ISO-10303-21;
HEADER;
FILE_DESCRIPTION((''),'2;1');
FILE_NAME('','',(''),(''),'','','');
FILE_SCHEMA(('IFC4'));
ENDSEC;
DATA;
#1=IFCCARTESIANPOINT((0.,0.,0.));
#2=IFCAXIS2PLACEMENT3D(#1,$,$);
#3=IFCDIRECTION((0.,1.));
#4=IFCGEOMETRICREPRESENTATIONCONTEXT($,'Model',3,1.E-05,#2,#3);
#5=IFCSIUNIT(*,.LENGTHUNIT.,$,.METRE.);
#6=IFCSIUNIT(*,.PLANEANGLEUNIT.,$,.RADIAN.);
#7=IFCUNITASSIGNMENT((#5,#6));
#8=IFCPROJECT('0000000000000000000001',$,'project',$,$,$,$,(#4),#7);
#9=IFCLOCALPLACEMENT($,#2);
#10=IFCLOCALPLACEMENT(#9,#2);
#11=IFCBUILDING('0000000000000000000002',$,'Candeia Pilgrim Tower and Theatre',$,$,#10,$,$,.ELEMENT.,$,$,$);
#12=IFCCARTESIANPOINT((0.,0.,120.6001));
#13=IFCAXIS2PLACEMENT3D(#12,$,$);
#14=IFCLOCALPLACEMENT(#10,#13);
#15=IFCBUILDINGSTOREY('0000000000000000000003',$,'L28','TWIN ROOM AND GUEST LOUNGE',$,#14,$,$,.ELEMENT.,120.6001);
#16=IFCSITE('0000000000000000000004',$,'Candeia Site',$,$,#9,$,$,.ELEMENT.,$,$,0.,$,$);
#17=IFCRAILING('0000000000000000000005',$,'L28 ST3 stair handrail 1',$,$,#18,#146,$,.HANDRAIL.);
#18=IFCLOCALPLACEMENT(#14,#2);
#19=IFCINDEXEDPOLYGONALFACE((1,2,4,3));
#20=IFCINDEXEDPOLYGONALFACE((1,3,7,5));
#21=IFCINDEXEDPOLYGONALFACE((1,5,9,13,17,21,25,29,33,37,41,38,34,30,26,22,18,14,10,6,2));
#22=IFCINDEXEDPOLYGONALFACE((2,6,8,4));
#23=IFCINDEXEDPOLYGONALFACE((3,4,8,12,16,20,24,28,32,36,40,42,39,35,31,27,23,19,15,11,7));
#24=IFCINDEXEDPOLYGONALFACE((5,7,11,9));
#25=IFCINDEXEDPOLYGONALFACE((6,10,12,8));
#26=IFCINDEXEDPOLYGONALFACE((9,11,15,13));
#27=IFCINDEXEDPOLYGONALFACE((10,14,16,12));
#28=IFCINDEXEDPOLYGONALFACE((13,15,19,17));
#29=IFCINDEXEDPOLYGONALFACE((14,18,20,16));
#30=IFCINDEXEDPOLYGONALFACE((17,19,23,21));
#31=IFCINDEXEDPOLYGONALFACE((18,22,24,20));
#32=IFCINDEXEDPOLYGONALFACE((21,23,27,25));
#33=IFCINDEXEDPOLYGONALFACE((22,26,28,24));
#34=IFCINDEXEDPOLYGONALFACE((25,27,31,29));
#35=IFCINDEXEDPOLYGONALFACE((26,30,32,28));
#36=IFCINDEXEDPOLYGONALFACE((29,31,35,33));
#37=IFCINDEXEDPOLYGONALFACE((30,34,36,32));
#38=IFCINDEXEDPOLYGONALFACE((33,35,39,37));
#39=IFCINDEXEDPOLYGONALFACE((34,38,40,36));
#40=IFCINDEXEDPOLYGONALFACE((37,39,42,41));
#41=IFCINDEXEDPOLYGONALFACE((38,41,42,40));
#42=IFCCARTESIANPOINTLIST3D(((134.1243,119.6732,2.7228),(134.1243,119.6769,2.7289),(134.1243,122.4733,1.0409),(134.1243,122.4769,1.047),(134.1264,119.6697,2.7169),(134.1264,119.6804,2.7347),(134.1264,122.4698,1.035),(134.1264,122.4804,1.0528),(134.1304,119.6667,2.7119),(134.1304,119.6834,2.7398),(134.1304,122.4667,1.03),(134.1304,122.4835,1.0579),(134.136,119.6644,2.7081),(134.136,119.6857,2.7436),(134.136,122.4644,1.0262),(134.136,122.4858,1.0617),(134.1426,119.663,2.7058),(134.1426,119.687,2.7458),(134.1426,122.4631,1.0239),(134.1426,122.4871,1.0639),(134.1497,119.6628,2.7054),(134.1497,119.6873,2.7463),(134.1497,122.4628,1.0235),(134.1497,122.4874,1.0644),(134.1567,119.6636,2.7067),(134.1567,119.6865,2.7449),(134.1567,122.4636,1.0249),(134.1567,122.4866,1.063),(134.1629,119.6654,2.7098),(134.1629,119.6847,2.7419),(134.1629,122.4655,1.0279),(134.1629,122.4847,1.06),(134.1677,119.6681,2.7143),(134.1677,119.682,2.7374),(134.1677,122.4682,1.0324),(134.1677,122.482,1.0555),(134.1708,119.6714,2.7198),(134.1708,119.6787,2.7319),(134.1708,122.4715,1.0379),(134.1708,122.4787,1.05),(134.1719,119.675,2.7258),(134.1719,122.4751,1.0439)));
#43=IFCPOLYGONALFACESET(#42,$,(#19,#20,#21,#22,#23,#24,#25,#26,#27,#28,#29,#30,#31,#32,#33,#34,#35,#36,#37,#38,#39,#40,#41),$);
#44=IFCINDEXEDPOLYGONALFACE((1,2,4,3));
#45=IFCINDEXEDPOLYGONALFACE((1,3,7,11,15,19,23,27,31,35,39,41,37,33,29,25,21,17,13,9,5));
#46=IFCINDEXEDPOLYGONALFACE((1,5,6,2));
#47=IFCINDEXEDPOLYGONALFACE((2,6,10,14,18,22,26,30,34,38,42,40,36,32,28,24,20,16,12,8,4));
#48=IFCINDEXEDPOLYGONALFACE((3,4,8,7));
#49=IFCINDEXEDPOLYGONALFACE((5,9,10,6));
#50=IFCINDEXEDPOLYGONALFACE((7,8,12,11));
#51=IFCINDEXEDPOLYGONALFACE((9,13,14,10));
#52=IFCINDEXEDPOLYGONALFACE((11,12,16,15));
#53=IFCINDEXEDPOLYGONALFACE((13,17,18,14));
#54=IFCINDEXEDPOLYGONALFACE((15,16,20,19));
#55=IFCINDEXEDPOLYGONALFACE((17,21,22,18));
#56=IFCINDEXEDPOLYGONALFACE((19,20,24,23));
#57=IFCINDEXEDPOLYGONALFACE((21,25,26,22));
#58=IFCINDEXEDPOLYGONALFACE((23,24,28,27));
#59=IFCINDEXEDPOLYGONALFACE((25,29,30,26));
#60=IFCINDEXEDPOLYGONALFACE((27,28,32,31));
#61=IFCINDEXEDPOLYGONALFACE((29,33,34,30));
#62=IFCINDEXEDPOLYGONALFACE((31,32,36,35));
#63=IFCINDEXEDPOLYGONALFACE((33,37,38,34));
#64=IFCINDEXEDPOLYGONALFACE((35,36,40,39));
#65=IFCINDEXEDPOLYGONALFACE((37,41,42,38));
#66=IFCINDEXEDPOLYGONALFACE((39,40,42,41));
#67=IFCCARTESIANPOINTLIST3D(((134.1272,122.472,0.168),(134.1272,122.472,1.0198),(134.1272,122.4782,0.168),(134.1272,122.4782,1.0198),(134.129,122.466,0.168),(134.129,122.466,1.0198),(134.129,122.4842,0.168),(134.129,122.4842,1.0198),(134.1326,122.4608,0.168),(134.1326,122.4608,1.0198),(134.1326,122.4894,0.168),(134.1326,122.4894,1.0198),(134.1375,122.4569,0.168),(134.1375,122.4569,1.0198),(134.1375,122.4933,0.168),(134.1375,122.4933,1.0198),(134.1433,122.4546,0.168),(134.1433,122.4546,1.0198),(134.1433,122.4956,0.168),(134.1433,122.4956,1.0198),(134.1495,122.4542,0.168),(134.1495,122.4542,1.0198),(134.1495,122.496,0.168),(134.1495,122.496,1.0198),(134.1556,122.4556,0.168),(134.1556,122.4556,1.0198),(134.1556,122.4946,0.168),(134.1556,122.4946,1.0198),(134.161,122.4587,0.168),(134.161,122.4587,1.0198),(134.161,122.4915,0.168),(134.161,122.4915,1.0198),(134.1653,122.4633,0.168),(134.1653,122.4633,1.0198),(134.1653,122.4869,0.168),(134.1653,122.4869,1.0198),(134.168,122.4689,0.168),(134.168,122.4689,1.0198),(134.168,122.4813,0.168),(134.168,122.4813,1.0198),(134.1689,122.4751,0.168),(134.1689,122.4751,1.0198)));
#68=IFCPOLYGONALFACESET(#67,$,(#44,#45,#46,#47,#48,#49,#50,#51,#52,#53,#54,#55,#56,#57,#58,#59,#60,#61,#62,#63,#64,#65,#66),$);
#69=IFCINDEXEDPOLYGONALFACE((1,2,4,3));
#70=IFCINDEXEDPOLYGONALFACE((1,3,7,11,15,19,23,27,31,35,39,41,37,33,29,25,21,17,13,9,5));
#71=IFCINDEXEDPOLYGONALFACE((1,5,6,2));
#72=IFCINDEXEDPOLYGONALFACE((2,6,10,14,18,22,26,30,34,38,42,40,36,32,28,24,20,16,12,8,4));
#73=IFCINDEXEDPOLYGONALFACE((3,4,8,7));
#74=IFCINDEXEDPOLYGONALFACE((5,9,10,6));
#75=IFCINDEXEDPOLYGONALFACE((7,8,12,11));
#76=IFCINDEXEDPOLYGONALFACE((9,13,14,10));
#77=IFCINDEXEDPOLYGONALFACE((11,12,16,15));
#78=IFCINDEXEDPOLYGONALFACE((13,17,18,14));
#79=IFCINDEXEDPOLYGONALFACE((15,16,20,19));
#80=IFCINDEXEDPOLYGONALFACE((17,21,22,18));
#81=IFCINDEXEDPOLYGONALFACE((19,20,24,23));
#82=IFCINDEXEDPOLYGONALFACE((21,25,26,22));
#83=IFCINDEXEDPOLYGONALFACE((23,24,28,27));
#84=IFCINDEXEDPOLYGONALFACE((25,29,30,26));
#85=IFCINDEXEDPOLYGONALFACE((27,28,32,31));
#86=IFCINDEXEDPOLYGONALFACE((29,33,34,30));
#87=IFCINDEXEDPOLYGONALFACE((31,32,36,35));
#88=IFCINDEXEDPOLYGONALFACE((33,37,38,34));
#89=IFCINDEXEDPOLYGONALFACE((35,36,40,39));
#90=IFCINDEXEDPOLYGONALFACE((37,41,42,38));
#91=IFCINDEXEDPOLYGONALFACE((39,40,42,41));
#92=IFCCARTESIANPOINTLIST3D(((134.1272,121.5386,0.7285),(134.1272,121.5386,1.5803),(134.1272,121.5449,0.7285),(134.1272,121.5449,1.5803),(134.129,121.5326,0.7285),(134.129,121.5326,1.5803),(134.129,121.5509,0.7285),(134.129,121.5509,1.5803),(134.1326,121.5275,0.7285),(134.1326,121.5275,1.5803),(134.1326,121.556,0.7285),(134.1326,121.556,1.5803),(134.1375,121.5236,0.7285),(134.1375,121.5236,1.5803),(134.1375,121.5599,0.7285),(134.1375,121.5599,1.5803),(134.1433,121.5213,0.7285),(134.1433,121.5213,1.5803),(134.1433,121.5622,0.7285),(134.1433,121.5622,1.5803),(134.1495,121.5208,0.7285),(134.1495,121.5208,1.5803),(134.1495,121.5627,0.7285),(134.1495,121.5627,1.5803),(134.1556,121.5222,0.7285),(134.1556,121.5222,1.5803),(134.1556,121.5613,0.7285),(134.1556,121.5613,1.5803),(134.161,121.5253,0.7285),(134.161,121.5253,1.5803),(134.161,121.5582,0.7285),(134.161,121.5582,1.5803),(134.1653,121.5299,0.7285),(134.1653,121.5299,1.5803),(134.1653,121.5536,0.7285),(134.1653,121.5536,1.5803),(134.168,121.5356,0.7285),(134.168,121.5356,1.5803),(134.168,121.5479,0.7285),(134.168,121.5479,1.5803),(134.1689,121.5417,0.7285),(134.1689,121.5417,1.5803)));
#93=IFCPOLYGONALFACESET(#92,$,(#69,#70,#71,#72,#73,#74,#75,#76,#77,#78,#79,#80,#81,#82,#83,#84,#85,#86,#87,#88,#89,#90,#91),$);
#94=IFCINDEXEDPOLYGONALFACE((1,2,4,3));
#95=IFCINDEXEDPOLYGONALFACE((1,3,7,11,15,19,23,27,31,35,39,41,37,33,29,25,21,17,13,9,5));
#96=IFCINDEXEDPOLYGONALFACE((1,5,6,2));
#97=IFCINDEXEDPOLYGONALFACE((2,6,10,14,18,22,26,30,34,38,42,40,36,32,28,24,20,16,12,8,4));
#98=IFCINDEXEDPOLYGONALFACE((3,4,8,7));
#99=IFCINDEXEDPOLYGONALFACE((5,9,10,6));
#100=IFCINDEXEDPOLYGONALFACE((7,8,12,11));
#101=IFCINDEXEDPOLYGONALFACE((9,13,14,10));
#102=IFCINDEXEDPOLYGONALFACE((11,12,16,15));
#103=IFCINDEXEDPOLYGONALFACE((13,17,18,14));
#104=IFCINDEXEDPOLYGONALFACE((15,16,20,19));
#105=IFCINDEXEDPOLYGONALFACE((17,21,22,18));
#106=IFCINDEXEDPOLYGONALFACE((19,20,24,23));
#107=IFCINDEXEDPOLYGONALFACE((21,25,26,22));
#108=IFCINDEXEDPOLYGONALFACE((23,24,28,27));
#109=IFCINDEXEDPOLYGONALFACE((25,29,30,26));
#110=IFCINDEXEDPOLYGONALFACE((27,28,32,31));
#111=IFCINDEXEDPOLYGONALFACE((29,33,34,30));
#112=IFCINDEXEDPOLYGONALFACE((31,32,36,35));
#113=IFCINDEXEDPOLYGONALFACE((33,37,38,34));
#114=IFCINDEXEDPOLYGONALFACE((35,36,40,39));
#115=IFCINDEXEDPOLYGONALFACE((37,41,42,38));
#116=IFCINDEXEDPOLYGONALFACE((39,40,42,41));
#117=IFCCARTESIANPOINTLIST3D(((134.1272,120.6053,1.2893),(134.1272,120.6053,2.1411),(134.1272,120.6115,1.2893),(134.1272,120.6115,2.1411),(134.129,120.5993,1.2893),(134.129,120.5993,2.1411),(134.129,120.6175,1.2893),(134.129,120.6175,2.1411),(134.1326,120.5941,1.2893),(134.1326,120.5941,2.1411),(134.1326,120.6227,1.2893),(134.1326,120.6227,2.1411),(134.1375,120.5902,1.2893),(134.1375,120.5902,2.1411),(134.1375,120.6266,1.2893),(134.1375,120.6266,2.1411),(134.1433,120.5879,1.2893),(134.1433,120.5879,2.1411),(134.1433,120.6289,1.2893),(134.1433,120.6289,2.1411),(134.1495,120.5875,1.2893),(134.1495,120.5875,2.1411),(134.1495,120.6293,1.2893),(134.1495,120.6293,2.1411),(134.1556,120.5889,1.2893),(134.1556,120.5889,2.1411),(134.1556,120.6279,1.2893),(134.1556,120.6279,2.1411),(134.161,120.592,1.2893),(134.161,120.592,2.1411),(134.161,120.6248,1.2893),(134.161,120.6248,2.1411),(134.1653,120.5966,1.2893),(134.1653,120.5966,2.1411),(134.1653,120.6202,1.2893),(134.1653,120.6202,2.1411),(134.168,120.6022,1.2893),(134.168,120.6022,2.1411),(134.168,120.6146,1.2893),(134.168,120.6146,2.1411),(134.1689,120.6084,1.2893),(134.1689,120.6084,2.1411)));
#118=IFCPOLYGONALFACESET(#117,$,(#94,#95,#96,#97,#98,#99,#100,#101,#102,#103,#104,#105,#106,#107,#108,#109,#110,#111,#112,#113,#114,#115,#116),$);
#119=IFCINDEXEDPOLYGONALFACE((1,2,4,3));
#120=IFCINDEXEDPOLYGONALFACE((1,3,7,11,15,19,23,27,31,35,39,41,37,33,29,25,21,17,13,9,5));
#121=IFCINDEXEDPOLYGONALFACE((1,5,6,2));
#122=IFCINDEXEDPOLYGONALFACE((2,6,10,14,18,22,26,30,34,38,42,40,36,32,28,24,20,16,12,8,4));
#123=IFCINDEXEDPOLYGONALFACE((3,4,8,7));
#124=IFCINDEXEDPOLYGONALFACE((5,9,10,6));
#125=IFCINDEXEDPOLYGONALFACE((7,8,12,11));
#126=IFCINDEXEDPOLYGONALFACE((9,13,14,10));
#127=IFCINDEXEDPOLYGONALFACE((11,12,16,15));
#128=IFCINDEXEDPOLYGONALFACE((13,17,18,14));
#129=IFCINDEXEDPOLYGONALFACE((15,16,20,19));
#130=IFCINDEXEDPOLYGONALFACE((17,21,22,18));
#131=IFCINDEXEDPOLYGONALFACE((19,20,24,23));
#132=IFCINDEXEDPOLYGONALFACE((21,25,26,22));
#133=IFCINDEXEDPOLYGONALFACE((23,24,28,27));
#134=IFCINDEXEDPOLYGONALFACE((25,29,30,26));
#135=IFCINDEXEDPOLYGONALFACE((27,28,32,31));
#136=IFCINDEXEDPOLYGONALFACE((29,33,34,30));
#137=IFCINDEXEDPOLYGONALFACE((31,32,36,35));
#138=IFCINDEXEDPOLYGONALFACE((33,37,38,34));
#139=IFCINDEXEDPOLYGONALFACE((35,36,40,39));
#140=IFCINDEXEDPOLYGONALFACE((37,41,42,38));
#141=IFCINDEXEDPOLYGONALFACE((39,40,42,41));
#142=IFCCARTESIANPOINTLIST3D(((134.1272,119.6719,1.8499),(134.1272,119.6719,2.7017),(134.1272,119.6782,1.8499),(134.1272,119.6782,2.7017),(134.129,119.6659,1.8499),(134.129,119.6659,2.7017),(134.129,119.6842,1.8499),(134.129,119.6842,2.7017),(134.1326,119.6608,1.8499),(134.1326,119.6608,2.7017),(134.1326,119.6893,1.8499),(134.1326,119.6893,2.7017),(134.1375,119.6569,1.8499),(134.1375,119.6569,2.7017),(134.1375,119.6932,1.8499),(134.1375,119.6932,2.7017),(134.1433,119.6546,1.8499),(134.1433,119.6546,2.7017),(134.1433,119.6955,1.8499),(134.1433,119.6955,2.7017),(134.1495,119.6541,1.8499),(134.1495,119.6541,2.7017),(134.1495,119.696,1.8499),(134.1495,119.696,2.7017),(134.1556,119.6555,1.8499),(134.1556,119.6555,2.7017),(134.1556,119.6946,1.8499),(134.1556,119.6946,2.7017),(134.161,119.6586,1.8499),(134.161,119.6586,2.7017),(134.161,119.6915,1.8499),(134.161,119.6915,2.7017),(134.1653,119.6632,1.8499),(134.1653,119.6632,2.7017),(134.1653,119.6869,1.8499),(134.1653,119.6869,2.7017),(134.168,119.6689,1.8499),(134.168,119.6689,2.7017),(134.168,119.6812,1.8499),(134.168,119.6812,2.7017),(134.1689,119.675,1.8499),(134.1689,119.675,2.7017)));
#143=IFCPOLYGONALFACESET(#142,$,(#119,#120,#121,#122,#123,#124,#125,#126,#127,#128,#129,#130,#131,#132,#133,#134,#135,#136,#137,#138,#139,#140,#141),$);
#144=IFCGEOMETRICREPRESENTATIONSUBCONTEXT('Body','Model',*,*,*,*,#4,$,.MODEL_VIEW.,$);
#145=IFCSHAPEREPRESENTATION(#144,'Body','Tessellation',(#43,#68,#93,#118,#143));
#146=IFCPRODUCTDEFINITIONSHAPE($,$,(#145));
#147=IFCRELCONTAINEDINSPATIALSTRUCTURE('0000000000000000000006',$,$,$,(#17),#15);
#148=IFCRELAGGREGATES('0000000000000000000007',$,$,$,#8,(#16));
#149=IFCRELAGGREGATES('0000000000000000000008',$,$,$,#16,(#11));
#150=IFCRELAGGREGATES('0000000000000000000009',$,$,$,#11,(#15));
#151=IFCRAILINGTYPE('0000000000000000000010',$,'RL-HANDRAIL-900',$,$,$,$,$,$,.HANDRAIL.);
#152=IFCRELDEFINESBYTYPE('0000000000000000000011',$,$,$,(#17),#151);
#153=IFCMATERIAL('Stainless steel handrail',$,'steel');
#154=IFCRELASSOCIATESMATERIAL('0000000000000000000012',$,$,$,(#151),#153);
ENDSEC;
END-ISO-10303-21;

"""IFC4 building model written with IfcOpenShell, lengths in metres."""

from ifc_helpers import new_model, si_unit, direction, frame, origin, origin_2d, place, context, subcontext, project, spatial, circle, extrude, material, type_object, element, save


model = new_model("IFC4")

# Units and contexts
model_context = context("Model", 3, precision=1e-05, world=origin(), true_north=direction((0.0, 1.0)))
body_context = subcontext(model_context, "Body", "Model", "MODEL_VIEW")
ifc_project = project(units=[si_unit("LENGTHUNIT", "METRE"), si_unit("PLANEANGLEUNIT", "RADIAN")], contexts=[model_context])

# Site, building, storey
site_placement = place(None, origin())
site = spatial("IfcSite", under=ifc_project, at=site_placement, Name="Candeia Site", CompositionType="ELEMENT", RefElevation=0.0)
building_placement = place(site_placement, origin())
building = spatial("IfcBuilding", under=site, at=building_placement, Name="Candeia Pilgrim Tower and Theatre", CompositionType="ELEMENT")
storey_placement = place(building_placement, frame((0.0, 0.0, 120.6001)))
storey = spatial("IfcBuildingStorey", under=building, at=storey_placement, Name="L28", Description="TWIN ROOM AND GUEST LOUNGE", CompositionType="ELEMENT", Elevation=120.6001)

# Railing
ifc_material_1 = material(Name="Stainless steel handrail", Category="steel")
railing_type_1 = type_object("IfcRailingType", Name="RL-HANDRAIL-900", PredefinedType="HANDRAIL", material=ifc_material_1)
railing_1_placement = place(storey_placement, frame((134.1479, 122.4751, 0.168)))
element("IfcRailing", 1, at=railing_1_placement, inside=storey, type_object=railing_type_1, Name="L28 ST3 stair handrail 1", PredefinedType="HANDRAIL", context=body_context, shape_type="SweptSolid", body=[
    extrude(circle(Radius=0.0239, at=origin_2d()), frame((0.0, 0.0, 0.876), z_axis=(0.0, -0.857242, 0.514913), x_axis=(1.0, 0.0, 0.0)), (0.0, 0.0, 1.0), 3.2664),
    extrude(circle(Radius=0.021, at=origin_2d()), origin(), (0.0, 0.0, 1.0), 0.8518),
    extrude(circle(Radius=0.021, at=origin_2d()), frame((0.0, -0.9333, 0.5605)), (0.0, 0.0, 1.0), 0.8518),
    extrude(circle(Radius=0.021, at=origin_2d()), frame((0.0, -1.8667, 1.1213)), (0.0, 0.0, 1.0), 0.8518),
    extrude(circle(Radius=0.021, at=origin_2d()), frame((0.0, -2.8, 1.6819)), (0.0, 0.0, 1.0), 0.8518),
])

save(model, "model.ifc")
